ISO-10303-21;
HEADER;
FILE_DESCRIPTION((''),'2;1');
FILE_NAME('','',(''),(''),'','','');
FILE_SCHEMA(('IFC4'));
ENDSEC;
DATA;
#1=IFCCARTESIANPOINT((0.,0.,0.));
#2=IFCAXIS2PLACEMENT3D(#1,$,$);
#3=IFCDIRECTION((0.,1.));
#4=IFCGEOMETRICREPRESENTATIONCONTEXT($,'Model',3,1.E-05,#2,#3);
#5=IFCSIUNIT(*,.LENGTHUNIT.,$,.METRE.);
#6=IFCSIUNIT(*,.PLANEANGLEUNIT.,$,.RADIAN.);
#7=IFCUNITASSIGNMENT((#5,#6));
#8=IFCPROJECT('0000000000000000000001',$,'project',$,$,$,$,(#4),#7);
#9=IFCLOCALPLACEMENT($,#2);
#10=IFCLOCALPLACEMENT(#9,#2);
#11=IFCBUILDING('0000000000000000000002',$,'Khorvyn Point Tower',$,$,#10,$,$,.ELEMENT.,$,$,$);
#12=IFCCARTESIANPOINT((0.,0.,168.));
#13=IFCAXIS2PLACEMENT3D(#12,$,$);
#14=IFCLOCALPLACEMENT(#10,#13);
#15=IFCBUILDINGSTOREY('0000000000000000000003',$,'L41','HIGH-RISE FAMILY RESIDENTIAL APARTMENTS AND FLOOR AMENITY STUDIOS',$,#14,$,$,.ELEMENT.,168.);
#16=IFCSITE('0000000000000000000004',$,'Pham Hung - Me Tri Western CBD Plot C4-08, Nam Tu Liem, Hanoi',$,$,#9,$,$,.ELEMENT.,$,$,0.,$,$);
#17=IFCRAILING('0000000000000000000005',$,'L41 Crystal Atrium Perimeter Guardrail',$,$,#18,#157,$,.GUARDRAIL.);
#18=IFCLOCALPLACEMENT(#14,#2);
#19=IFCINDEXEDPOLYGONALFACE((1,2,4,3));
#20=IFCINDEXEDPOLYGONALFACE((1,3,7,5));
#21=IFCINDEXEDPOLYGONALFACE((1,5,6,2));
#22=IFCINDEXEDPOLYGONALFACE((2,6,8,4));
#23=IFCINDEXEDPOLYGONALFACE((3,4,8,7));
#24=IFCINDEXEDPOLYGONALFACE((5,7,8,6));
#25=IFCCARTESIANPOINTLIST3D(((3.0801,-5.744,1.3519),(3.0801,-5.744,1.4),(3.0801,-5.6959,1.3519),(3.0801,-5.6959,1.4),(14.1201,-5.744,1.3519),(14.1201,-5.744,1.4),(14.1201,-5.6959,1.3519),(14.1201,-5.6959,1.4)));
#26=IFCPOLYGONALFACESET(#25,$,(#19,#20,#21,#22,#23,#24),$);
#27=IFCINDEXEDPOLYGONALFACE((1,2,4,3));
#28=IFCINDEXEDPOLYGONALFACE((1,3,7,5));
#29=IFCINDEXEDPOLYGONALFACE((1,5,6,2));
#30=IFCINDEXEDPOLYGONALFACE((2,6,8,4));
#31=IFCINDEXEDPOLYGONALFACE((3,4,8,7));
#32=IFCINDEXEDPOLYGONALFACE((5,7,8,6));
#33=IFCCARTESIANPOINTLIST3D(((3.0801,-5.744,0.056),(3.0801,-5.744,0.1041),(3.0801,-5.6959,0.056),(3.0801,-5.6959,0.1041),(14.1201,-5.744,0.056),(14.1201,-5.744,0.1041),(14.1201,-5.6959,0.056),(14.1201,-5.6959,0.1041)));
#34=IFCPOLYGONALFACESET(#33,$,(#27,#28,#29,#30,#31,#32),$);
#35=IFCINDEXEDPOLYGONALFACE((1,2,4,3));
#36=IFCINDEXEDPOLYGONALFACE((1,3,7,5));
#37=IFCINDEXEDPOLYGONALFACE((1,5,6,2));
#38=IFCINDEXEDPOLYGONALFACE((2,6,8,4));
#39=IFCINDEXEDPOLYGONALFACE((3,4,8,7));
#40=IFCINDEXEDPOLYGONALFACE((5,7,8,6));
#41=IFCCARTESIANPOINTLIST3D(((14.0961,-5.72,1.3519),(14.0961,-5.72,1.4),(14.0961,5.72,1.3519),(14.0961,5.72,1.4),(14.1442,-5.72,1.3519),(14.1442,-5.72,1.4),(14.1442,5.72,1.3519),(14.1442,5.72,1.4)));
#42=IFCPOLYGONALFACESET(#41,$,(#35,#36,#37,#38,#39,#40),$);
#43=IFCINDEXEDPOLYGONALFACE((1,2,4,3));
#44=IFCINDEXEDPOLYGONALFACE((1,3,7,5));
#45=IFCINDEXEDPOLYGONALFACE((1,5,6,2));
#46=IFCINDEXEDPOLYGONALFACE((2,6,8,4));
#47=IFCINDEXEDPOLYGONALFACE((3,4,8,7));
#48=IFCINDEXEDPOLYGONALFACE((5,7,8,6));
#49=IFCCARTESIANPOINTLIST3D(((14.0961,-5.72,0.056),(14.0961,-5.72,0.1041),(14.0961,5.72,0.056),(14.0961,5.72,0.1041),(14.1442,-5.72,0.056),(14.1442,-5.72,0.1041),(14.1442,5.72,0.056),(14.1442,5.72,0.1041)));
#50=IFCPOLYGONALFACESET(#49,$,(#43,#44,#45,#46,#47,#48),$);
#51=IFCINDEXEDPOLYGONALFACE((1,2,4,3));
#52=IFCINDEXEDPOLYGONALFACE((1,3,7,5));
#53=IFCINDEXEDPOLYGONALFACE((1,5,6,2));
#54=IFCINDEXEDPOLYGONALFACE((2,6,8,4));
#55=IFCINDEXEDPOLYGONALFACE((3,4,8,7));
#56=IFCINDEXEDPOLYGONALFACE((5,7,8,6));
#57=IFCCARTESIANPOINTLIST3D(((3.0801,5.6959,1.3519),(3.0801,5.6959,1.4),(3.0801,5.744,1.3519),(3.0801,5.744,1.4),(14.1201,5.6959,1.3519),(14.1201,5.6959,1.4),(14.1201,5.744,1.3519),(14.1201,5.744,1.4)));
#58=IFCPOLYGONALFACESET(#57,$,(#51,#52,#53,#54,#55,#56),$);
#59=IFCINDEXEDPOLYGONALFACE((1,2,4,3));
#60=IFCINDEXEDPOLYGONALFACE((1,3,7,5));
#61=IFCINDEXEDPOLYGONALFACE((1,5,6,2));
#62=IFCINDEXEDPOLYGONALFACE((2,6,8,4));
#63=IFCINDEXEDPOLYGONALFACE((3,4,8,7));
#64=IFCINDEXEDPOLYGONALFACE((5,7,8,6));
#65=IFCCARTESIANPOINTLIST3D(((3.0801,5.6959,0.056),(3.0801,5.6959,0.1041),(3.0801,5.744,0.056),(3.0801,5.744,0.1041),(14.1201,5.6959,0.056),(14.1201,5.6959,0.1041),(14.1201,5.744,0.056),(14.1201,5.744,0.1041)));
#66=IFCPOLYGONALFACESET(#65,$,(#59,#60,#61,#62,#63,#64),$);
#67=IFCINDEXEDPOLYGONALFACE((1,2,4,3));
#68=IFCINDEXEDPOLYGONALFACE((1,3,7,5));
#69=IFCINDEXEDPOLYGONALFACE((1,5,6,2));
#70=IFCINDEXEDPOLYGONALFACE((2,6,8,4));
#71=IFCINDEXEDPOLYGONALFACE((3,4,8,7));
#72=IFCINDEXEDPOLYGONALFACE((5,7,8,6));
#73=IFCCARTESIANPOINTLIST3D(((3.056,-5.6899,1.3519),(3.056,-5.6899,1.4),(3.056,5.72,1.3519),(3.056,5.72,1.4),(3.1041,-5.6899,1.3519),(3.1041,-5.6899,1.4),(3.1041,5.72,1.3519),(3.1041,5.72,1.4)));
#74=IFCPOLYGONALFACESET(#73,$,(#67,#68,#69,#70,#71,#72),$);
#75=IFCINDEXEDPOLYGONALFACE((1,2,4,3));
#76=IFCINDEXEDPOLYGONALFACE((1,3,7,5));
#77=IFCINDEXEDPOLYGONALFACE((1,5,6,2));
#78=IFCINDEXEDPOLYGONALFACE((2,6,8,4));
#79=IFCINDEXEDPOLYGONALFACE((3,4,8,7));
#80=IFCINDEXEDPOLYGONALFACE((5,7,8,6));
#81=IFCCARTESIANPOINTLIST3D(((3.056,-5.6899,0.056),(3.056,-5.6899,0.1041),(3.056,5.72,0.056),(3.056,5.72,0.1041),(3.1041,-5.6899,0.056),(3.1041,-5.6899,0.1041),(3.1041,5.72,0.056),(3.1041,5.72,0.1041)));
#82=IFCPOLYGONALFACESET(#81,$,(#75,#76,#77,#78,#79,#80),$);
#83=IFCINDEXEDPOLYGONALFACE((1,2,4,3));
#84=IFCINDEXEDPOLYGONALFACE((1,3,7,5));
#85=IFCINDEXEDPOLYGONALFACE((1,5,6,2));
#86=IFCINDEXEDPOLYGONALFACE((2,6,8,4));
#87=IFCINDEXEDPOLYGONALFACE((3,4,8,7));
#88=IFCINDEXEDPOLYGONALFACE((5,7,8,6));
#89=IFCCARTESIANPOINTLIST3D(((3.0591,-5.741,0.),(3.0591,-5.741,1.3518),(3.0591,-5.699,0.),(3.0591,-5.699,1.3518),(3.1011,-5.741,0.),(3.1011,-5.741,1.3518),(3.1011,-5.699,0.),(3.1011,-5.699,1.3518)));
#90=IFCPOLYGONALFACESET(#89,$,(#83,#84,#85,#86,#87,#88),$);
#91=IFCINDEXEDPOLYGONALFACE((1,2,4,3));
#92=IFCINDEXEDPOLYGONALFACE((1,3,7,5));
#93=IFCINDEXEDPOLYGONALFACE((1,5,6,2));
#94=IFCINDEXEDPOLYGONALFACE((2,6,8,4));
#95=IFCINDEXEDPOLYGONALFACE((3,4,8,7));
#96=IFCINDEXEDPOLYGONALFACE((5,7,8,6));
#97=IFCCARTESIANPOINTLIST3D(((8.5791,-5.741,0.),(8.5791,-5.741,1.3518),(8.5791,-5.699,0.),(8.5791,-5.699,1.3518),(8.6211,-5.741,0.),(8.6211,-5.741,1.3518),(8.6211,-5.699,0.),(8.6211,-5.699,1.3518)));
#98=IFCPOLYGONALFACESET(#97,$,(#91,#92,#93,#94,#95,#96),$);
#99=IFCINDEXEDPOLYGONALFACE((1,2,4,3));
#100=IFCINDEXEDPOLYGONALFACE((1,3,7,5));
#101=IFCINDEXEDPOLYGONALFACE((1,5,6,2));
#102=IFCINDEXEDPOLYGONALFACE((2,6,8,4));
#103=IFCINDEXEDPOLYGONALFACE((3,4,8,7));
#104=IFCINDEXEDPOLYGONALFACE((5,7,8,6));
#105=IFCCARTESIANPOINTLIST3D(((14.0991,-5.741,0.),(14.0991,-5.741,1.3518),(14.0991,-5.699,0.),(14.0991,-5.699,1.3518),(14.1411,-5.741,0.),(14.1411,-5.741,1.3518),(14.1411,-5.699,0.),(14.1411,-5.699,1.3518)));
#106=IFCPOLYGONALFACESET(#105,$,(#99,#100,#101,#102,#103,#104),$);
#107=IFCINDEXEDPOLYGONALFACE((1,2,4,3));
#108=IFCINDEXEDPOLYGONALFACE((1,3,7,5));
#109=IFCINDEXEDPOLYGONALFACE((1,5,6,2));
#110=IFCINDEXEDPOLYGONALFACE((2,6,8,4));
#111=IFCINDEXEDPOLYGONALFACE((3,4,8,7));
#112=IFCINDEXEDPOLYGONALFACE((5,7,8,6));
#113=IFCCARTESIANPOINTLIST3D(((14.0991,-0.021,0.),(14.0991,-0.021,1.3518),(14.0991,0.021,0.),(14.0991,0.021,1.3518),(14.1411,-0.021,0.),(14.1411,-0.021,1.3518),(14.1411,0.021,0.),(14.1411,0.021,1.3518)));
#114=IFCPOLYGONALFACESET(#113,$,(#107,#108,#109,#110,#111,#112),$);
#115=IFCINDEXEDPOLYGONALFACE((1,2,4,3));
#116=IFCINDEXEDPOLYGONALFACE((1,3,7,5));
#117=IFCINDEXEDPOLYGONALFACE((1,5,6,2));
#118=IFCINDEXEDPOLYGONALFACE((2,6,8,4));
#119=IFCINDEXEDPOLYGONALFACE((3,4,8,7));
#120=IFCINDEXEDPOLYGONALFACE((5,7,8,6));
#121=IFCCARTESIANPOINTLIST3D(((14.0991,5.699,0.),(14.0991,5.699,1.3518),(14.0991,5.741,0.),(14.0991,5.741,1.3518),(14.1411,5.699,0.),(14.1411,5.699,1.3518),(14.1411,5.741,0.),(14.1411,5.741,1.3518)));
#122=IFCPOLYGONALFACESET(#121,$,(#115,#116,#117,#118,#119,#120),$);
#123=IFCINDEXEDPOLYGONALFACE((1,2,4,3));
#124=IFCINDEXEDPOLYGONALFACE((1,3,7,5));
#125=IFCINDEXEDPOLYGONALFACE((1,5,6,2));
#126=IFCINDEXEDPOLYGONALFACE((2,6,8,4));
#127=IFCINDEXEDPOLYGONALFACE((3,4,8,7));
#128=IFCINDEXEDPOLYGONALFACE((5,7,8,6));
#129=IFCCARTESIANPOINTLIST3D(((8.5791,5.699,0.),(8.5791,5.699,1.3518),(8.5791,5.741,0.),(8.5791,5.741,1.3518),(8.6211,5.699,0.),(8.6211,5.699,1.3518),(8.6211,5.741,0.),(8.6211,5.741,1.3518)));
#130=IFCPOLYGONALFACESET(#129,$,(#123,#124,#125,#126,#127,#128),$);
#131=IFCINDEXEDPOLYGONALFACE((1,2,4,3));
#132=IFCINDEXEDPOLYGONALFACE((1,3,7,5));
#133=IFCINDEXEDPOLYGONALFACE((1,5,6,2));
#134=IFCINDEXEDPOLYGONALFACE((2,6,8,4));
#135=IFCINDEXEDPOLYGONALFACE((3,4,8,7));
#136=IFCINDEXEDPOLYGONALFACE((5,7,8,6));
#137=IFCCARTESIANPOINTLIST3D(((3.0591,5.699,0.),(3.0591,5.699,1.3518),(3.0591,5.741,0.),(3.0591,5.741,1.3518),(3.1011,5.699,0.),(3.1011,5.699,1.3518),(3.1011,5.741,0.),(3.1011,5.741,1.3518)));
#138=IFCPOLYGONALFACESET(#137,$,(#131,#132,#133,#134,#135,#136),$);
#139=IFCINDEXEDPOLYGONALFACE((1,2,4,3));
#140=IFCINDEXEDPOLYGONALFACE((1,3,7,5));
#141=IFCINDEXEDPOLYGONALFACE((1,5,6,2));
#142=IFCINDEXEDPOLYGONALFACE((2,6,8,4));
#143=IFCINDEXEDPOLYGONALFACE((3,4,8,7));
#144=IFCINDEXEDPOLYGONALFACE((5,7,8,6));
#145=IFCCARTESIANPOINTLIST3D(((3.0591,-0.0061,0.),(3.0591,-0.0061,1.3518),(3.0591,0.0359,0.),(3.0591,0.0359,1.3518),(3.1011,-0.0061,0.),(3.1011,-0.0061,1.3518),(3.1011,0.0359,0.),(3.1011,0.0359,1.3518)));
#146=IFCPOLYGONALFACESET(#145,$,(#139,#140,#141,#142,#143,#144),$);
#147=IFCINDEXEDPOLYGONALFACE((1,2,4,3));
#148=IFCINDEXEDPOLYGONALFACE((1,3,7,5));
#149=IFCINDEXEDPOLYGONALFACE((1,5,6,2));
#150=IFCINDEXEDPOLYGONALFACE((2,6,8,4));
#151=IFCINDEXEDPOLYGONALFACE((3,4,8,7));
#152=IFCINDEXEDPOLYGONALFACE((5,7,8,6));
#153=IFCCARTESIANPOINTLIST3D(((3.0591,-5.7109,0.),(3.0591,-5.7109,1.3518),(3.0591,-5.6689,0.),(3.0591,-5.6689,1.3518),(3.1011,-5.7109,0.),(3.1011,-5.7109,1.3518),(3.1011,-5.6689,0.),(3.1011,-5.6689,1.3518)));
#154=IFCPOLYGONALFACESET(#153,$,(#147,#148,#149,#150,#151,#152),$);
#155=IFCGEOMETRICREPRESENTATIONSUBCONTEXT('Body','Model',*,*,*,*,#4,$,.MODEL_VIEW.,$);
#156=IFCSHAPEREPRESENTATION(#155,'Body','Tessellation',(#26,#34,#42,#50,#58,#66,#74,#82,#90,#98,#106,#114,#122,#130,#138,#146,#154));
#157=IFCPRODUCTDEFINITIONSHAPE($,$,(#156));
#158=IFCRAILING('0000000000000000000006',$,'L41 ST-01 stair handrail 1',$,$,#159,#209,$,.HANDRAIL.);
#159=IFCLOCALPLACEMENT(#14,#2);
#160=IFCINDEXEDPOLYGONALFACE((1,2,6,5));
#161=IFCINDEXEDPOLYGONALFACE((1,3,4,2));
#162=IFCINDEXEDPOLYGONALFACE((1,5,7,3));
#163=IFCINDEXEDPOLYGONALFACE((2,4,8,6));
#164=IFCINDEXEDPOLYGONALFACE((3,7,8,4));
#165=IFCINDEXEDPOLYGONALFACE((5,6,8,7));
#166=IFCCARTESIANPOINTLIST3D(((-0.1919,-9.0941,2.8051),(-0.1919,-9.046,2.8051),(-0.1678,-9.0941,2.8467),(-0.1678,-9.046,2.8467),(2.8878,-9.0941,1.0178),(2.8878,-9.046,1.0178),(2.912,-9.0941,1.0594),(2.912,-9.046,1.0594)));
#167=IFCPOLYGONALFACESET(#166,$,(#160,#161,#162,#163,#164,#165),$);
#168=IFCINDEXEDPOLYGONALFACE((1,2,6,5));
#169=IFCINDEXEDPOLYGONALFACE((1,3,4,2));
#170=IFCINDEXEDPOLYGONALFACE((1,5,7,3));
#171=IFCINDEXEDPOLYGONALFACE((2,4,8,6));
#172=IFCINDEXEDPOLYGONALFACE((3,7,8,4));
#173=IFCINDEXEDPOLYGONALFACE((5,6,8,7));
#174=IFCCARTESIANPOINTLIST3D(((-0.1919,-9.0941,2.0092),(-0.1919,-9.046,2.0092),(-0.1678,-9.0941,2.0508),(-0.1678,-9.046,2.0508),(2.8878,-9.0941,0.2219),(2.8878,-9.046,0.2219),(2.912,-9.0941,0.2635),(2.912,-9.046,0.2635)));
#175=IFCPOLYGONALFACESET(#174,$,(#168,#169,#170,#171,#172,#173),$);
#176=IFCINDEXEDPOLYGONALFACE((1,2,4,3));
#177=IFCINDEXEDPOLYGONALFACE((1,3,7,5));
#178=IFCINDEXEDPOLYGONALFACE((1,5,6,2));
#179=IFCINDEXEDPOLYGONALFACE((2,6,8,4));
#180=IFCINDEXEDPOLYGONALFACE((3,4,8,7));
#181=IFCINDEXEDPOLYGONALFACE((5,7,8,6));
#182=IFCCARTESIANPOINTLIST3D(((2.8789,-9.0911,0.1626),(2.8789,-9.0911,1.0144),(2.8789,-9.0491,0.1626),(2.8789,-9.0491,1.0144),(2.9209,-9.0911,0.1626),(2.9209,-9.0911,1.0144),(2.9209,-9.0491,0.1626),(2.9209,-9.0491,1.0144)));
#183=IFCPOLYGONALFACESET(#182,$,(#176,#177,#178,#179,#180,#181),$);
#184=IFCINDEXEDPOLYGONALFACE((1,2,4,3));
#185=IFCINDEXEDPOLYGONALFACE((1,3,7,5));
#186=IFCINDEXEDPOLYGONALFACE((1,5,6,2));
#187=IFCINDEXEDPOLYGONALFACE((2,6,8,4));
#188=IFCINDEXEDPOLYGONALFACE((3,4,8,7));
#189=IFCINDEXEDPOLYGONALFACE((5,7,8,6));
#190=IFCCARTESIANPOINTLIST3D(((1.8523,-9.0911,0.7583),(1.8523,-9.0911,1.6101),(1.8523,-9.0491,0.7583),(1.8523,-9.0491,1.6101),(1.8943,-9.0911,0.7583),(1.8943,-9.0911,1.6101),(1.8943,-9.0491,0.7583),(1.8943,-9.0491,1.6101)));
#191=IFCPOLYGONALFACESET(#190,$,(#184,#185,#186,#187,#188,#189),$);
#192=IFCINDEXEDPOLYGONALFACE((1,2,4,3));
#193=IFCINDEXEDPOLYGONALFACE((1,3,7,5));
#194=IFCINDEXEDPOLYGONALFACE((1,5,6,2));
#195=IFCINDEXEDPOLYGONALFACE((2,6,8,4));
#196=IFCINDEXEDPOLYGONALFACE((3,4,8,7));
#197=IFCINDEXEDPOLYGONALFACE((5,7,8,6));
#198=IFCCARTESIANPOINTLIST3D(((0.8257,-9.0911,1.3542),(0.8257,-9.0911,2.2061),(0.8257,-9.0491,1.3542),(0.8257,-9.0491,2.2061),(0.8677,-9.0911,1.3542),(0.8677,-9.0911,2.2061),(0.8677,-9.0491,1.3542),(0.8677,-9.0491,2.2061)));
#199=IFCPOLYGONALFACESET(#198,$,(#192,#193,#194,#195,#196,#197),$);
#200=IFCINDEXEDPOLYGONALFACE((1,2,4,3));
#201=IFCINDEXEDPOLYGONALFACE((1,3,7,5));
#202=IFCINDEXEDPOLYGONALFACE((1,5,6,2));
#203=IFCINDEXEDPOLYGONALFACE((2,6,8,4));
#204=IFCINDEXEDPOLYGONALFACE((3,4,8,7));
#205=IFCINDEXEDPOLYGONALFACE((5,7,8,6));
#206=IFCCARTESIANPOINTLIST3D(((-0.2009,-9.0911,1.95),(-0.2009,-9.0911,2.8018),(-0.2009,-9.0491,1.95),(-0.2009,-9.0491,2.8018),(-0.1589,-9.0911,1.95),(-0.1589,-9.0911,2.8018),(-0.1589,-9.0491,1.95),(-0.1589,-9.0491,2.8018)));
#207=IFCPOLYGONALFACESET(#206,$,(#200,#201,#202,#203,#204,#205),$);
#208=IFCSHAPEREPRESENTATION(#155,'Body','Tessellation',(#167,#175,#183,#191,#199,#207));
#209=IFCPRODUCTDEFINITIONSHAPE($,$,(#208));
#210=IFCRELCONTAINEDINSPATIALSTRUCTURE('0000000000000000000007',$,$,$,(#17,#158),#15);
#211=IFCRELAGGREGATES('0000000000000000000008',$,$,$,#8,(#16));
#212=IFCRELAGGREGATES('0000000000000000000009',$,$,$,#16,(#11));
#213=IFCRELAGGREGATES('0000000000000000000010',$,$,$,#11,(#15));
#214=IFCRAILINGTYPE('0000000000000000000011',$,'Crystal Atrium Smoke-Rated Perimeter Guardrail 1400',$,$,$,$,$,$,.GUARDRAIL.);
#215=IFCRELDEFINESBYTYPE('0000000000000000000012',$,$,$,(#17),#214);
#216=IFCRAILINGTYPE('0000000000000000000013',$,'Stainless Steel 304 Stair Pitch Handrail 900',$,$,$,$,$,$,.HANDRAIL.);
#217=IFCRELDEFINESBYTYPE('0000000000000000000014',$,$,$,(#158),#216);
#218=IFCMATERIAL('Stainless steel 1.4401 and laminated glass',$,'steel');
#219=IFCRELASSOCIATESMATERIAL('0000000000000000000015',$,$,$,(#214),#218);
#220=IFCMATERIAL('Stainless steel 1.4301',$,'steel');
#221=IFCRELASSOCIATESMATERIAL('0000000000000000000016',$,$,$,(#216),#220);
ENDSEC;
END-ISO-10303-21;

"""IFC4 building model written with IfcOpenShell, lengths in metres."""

from ifc_helpers import new_model, si_unit, direction, frame, origin, origin_2d, place, context, subcontext, project, spatial, rectangle, extrude, material, type_object, element, save


model = new_model("IFC4")

# Units and contexts
model_context = context("Model", 3, precision=1e-05, world=origin(), true_north=direction((0.0, 1.0)))
body_context = subcontext(model_context, "Body", "Model", "MODEL_VIEW")
ifc_project = project(units=[si_unit("LENGTHUNIT", "METRE"), si_unit("PLANEANGLEUNIT", "RADIAN")], contexts=[model_context])

# Site, building, storey
site_placement = place(None, origin())
site = spatial("IfcSite", under=ifc_project, at=site_placement, Name="Pham Hung - Me Tri Western CBD Plot C4-08, Nam Tu Liem, Hanoi", CompositionType="ELEMENT", RefElevation=0.0)
building_placement = place(site_placement, origin())
building = spatial("IfcBuilding", under=site, at=building_placement, Name="Khorvyn Point Tower", CompositionType="ELEMENT")
storey_placement = place(building_placement, frame((0.0, 0.0, 168.0)))
storey = spatial("IfcBuildingStorey", under=building, at=storey_placement, Name="L41", Description="HIGH-RISE FAMILY RESIDENTIAL APARTMENTS AND FLOOR AMENITY STUDIOS", CompositionType="ELEMENT", Elevation=168.0)

# Shared definitions
ifc_material_1 = material(Name="Stainless steel 1.4301", Category="steel")

# Railings
ifc_material_2 = material(Name="Stainless steel 1.4401 and laminated glass", Category="steel")
railing_type_1 = type_object("IfcRailingType", Name="Crystal Atrium Smoke-Rated Perimeter Guardrail 1400", PredefinedType="GUARDRAIL", material=ifc_material_2)
railing_1_placement = place(storey_placement, frame((3.0801, -5.72, 0.0)))
element("IfcRailing", 1, at=railing_1_placement, inside=storey, type_object=railing_type_1, Name="L41 Crystal Atrium Perimeter Guardrail", PredefinedType="GUARDRAIL", context=body_context, shape_type="SweptSolid", body=[
    extrude(rectangle(XDim=0.0481, YDim=0.0481, at=origin_2d()), frame((0.0, 0.0, 1.376), z_axis=(1.0, 0.0, 0.0), x_axis=(0.0, 1.0, 0.0)), (0.0, 0.0, 1.0), 11.04),
    extrude(rectangle(XDim=0.0481, YDim=0.0481, at=origin_2d()), frame((0.0, 0.0, 0.0801), z_axis=(1.0, 0.0, 0.0), x_axis=(0.0, 1.0, 0.0)), (0.0, 0.0, 1.0), 11.04),
    extrude(rectangle(XDim=0.0481, YDim=0.0481, at=origin_2d()), frame((11.04, 0.0, 1.376), z_axis=(0.0, 1.0, 0.0), x_axis=(-1.0, 0.0, 0.0)), (0.0, 0.0, 1.0), 11.4399),
    extrude(rectangle(XDim=0.0481, YDim=0.0481, at=origin_2d()), frame((11.04, 0.0, 0.0801), z_axis=(0.0, 1.0, 0.0), x_axis=(-1.0, 0.0, 0.0)), (0.0, 0.0, 1.0), 11.4399),
    extrude(rectangle(XDim=0.0481, YDim=0.0481, at=origin_2d()), frame((11.04, 11.4399, 1.376), z_axis=(-1.0, 0.0, 0.0), x_axis=(0.0, -1.0, 0.0)), (0.0, 0.0, 1.0), 11.04),
    extrude(rectangle(XDim=0.0481, YDim=0.0481, at=origin_2d()), frame((11.04, 11.4399, 0.0801), z_axis=(-1.0, 0.0, 0.0), x_axis=(0.0, -1.0, 0.0)), (0.0, 0.0, 1.0), 11.04),
    extrude(rectangle(XDim=0.0481, YDim=0.0481, at=origin_2d()), frame((0.0, 11.4399, 1.376), z_axis=(0.0, -1.0, 0.0), x_axis=(1.0, 0.0, 0.0)), (0.0, 0.0, 1.0), 11.4099),
    extrude(rectangle(XDim=0.0481, YDim=0.0481, at=origin_2d()), frame((0.0, 11.4399, 0.0801), z_axis=(0.0, -1.0, 0.0), x_axis=(1.0, 0.0, 0.0)), (0.0, 0.0, 1.0), 11.4099),
    extrude(rectangle(XDim=0.042, YDim=0.042, at=origin_2d()), origin(), (0.0, 0.0, 1.0), 1.3518),
    extrude(rectangle(XDim=0.042, YDim=0.042, at=origin_2d()), frame((5.52, 0.0, 0.0)), (0.0, 0.0, 1.0), 1.3518),
    extrude(rectangle(XDim=0.042, YDim=0.042, at=origin_2d()), frame((11.04, 0.0, 0.0)), (0.0, 0.0, 1.0), 1.3518),
    extrude(rectangle(XDim=0.042, YDim=0.042, at=origin_2d()), frame((11.04, 5.72, 0.0)), (0.0, 0.0, 1.0), 1.3518),
    extrude(rectangle(XDim=0.042, YDim=0.042, at=origin_2d()), frame((11.04, 11.4399, 0.0)), (0.0, 0.0, 1.0), 1.3518),
    extrude(rectangle(XDim=0.042, YDim=0.042, at=origin_2d()), frame((5.52, 11.4399, 0.0)), (0.0, 0.0, 1.0), 1.3518),
    extrude(rectangle(XDim=0.042, YDim=0.042, at=origin_2d()), frame((0.0, 11.4399, 0.0)), (0.0, 0.0, 1.0), 1.3518),
    extrude(rectangle(XDim=0.042, YDim=0.042, at=origin_2d()), frame((0.0, 5.7349, 0.0)), (0.0, 0.0, 1.0), 1.3518),
    extrude(rectangle(XDim=0.042, YDim=0.042, at=origin_2d()), frame((0.0, 0.03, 0.0)), (0.0, 0.0, 1.0), 1.3518),
])
railing_type_2 = type_object("IfcRailingType", Name="Stainless Steel 304 Stair Pitch Handrail 900", PredefinedType="HANDRAIL", material=ifc_material_1)
railing_2_placement = place(storey_placement, frame((2.8999, -9.0701, 0.1626)))
element("IfcRailing", 2, at=railing_2_placement, inside=storey, type_object=railing_type_2, Name="L41 ST-01 stair handrail 1", PredefinedType="HANDRAIL", context=body_context, shape_type="SweptSolid", body=[
    extrude(rectangle(XDim=0.0481, YDim=0.0481, at=origin_2d()), frame((0.0, 0.0, 0.876), z_axis=(-0.864903, 0.0, 0.501939), x_axis=(0.0, -1.0, 0.0)), (0.0, 0.0, 1.0), 3.5608),
    extrude(rectangle(XDim=0.0481, YDim=0.0481, at=origin_2d()), frame((0.0, 0.0, 0.0801), z_axis=(-0.864903, 0.0, 0.501939), x_axis=(0.0, -1.0, 0.0)), (0.0, 0.0, 1.0), 3.5608),
    extrude(rectangle(XDim=0.042, YDim=0.042, at=origin_2d()), origin(), (0.0, 0.0, 1.0), 0.8518),
    extrude(rectangle(XDim=0.042, YDim=0.042, at=origin_2d()), frame((-1.0266, 0.0, 0.5957)), (0.0, 0.0, 1.0), 0.8518),
    extrude(rectangle(XDim=0.042, YDim=0.042, at=origin_2d()), frame((-2.0532, 0.0, 1.1917)), (0.0, 0.0, 1.0), 0.8518),
    extrude(rectangle(XDim=0.042, YDim=0.042, at=origin_2d()), frame((-3.0798, 0.0, 1.7874)), (0.0, 0.0, 1.0), 0.8518),
])

save(model, "model.ifc")
